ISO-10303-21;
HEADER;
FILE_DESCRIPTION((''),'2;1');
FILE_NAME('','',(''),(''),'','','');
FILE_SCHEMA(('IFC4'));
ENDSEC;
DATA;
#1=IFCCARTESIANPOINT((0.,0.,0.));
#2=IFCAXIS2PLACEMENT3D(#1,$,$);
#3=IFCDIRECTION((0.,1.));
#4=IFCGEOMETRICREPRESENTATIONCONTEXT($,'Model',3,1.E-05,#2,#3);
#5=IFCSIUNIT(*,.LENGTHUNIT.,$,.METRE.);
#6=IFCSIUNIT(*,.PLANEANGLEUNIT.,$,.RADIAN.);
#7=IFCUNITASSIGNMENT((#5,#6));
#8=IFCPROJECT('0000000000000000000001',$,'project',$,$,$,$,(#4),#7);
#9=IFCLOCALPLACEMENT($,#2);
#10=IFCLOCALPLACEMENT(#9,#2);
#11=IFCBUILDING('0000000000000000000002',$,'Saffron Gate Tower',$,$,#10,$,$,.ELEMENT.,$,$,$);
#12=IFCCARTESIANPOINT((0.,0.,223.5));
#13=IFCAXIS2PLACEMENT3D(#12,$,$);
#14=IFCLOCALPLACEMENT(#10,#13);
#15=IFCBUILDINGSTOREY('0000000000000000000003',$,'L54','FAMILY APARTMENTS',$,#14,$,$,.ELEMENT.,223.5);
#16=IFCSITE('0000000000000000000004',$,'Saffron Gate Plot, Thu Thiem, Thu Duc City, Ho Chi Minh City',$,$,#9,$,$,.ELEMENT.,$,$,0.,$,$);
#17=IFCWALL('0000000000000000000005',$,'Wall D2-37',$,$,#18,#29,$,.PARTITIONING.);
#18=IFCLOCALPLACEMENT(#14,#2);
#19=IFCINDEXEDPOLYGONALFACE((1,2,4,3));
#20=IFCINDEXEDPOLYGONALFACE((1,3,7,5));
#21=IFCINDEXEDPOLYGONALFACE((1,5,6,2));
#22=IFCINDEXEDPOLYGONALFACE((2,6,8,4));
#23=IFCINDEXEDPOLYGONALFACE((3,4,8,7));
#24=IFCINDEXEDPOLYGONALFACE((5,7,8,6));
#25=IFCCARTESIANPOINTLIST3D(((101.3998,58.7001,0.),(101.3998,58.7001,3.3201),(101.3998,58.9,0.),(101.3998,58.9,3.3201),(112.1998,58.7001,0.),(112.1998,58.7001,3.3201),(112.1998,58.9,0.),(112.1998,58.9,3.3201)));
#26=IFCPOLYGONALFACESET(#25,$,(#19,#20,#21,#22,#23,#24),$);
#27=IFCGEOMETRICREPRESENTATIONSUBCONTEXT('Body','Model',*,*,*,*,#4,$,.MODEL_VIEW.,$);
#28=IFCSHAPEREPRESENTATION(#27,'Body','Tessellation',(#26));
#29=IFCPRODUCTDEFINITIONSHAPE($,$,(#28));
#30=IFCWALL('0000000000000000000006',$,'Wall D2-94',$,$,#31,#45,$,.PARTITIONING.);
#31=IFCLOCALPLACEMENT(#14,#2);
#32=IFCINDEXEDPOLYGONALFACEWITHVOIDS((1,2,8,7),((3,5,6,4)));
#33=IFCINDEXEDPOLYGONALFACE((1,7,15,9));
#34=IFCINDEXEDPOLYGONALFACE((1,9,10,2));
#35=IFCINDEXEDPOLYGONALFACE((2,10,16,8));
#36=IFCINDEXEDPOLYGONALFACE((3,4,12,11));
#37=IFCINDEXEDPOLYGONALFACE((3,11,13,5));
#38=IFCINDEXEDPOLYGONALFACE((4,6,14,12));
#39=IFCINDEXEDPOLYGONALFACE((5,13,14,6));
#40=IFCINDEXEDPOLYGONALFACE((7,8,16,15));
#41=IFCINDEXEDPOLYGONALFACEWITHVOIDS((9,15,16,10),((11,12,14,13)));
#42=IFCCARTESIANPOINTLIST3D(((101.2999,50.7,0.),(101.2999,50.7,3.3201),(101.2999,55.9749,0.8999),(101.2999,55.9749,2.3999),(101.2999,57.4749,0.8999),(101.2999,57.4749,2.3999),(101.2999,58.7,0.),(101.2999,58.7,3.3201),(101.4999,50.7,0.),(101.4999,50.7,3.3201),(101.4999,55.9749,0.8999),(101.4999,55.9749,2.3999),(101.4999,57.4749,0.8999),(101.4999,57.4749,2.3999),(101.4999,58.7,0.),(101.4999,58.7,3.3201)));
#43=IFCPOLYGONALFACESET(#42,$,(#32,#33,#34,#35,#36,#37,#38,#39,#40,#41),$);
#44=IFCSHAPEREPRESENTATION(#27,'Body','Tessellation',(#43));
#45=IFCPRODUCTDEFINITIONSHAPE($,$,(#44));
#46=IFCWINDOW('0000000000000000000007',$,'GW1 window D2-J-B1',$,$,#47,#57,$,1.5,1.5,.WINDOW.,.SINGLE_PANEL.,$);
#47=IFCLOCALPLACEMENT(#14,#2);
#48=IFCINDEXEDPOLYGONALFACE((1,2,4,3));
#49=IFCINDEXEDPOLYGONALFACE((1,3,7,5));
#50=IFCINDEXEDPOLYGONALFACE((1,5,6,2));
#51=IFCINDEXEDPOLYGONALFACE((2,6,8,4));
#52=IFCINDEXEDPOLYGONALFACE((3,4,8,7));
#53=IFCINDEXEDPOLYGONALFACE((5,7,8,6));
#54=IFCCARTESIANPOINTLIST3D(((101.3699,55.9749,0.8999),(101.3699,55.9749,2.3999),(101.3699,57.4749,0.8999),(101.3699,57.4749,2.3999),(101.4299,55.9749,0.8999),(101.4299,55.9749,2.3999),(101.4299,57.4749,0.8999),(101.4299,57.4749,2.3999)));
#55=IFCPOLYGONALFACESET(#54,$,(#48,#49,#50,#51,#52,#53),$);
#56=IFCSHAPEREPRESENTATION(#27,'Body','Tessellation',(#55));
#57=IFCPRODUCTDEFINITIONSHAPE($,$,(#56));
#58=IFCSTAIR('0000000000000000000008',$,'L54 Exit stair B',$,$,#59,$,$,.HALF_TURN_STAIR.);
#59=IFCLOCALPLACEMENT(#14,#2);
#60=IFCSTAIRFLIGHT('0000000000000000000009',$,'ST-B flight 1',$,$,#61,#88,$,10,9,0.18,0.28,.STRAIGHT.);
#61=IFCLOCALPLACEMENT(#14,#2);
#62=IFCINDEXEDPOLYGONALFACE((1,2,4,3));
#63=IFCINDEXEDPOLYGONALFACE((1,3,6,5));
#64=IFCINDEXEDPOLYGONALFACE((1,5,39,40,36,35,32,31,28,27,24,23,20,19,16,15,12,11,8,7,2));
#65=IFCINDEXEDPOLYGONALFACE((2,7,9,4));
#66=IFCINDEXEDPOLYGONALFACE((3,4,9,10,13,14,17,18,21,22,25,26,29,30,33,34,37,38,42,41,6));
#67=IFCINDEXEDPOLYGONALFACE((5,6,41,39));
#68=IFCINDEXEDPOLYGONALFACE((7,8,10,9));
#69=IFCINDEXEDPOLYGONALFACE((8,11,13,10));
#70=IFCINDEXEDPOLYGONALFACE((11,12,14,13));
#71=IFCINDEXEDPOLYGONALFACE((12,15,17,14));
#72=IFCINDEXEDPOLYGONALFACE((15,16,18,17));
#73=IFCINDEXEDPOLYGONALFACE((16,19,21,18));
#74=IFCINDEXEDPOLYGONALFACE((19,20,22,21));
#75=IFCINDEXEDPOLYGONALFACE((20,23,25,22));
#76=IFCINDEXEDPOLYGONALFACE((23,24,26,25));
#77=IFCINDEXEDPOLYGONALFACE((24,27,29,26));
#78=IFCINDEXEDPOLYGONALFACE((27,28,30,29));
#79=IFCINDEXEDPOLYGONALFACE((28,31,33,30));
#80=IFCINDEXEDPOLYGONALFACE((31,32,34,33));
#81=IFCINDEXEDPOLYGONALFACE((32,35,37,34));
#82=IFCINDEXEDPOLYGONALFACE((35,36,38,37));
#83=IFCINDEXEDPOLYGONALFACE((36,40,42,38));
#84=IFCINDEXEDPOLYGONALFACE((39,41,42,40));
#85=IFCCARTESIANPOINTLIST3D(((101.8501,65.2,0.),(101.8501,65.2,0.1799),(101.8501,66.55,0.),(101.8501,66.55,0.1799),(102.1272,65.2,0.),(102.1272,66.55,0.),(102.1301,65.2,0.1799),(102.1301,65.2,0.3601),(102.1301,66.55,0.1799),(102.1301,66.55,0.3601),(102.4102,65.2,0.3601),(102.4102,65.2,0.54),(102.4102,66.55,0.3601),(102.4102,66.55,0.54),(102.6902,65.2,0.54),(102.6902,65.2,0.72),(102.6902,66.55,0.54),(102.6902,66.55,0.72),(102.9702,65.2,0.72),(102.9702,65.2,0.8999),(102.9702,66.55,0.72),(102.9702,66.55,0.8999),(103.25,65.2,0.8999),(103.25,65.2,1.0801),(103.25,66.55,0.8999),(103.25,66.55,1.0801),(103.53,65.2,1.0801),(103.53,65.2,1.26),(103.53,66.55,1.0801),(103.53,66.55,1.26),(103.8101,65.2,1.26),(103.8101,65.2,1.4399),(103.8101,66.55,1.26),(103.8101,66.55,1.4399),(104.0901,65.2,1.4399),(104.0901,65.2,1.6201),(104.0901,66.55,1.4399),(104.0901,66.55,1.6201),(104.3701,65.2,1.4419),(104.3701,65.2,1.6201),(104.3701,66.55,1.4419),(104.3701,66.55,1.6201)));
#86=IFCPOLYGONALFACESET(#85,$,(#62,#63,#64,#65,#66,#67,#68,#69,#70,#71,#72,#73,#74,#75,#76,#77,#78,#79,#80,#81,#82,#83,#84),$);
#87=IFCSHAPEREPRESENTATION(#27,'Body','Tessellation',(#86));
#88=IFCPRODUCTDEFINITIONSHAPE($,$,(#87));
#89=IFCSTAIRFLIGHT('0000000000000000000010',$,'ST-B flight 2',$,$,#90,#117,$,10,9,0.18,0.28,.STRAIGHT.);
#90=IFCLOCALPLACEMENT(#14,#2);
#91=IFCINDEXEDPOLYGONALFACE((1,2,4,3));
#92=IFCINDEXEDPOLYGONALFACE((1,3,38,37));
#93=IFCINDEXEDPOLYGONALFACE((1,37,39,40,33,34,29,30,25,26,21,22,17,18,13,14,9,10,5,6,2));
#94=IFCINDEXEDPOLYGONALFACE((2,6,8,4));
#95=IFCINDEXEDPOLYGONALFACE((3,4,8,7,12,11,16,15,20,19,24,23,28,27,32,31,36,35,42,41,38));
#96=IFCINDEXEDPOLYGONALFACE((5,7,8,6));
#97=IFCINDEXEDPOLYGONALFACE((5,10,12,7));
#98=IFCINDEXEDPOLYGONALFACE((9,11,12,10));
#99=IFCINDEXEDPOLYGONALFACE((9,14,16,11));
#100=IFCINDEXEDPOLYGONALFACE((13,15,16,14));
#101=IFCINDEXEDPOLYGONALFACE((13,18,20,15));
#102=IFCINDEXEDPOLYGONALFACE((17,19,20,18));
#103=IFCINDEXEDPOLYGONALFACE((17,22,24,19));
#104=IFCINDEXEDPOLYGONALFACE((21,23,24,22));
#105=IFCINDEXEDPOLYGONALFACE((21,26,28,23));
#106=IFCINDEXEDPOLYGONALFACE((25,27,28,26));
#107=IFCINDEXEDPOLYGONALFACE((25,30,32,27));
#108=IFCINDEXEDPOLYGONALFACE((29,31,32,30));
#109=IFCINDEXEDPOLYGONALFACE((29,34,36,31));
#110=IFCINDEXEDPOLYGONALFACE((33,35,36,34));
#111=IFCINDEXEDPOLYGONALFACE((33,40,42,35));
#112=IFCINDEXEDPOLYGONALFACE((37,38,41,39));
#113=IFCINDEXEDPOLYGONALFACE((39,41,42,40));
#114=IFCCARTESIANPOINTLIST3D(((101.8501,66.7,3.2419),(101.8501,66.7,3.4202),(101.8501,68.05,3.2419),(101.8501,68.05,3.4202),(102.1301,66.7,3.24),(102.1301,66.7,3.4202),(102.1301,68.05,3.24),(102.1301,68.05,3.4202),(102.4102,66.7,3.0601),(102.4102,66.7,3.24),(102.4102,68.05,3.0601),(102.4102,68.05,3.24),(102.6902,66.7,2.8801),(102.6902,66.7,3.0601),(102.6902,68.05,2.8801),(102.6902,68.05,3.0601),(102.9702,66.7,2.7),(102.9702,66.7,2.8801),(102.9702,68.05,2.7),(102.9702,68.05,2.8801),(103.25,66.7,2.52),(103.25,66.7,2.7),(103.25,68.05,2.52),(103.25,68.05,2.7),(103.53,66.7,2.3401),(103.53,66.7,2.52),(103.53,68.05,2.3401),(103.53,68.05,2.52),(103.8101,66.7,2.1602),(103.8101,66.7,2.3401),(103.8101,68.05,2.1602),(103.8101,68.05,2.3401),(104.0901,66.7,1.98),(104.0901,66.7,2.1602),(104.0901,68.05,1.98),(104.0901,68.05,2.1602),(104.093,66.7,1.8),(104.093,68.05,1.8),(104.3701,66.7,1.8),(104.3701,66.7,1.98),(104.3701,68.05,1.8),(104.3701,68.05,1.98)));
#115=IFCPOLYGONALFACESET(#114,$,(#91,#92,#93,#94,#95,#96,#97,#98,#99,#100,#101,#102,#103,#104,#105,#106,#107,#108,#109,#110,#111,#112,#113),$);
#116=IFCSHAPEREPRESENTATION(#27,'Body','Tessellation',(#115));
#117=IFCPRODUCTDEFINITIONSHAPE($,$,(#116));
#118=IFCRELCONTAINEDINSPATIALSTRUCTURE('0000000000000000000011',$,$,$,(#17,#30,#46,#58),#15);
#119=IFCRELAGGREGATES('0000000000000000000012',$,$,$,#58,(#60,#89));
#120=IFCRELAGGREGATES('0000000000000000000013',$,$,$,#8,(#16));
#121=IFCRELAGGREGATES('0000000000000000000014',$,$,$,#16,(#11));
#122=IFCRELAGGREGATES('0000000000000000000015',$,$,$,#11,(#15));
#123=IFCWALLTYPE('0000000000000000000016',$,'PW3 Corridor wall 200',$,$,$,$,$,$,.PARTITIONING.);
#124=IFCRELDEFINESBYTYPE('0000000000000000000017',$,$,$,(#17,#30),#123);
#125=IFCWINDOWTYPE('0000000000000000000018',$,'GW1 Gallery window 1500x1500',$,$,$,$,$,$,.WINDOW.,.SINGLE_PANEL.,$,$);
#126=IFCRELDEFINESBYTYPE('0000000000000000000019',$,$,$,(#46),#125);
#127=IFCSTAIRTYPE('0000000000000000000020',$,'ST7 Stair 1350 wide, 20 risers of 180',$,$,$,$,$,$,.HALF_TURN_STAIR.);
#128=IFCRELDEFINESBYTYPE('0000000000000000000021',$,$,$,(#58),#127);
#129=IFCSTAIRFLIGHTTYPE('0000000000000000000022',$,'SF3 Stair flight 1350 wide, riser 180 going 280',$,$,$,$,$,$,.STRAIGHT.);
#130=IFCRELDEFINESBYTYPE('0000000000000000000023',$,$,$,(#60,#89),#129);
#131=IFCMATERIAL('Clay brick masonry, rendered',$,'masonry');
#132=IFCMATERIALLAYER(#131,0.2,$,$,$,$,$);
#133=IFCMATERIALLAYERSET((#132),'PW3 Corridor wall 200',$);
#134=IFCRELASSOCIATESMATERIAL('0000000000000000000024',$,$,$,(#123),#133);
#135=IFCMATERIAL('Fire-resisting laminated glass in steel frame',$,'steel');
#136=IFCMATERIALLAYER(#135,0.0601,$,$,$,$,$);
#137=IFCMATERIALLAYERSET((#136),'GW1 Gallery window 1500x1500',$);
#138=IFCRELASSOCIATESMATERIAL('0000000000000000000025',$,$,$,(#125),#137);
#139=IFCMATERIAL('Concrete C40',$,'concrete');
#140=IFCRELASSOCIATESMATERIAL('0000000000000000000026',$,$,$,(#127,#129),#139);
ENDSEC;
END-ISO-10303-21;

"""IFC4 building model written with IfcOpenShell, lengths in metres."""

from ifc_helpers import new_model, si_unit, direction, frame, frame_2d, origin, place, context, subcontext, project, spatial, polyline, rectangle, outline, extrude, material, layer, layer_set, type_object, element, fill, aggregate, save


model = new_model("IFC4")

# Units and contexts
model_context = context("Model", 3, precision=1e-05, world=origin(), true_north=direction((0.0, 1.0)))
body_context = subcontext(model_context, "Body", "Model", "MODEL_VIEW")
ifc_project = project(units=[si_unit("LENGTHUNIT", "METRE"), si_unit("PLANEANGLEUNIT", "RADIAN")], contexts=[model_context])

# Site, building, storey
site_placement = place(None, origin())
site = spatial("IfcSite", under=ifc_project, at=site_placement, Name="Saffron Gate Plot, Thu Thiem, Thu Duc City, Ho Chi Minh City", CompositionType="ELEMENT", RefElevation=0.0)
building_placement = place(site_placement, origin())
building = spatial("IfcBuilding", under=site, at=building_placement, Name="Saffron Gate Tower", CompositionType="ELEMENT")
storey_placement = place(building_placement, frame((0.0, 0.0, 223.5)))
storey = spatial("IfcBuildingStorey", under=building, at=storey_placement, Name="L54", Description="FAMILY APARTMENTS", CompositionType="ELEMENT", Elevation=223.5)

# Wall
ifc_material_1 = material(Name="Clay brick masonry, rendered", Category="masonry")
ifc_layer_1 = layer(ifc_material_1, 0.2)
ifc_layer_set_1 = layer_set([ifc_layer_1], Name="PW3 Corridor wall 200")
wall_type_1 = type_object("IfcWallType", Name="PW3 Corridor wall 200", PredefinedType="PARTITIONING", material=ifc_layer_set_1)
wall_1_placement = place(storey_placement, frame((101.3999, 58.8, 0.0), z_axis=(0.0, 0.0, 1.0), x_axis=(1.0, 0.0, 0.0)))
element("IfcWall", 1, at=wall_1_placement, inside=storey, type_object=wall_type_1, Name="Wall D2-37", PredefinedType="PARTITIONING", context=body_context, shape_type="SweptSolid", body=[
    extrude(rectangle(XDim=10.8, YDim=0.2, at=frame_2d((5.3999, 0.0))), origin(), (0.0, 0.0, 1.0), 3.3201),
])

# Wall, opening, window
wall_2_placement = place(storey_placement, frame((101.3999, 58.7, 0.0), z_axis=(0.0, 0.0, 1.0), x_axis=(0.0, -1.0, 0.0)))
wall_2 = element("IfcWall", 2, at=wall_2_placement, inside=storey, type_object=wall_type_1, Name="Wall D2-94", PredefinedType="PARTITIONING", context=body_context, shape_type="SweptSolid", body=[
    extrude(rectangle(XDim=8.0, YDim=0.2, at=frame_2d((4.0, 0.0))), origin(), (0.0, 0.0, 1.0), 3.3201),
])
opening_1_placement = place(wall_2_placement, frame((1.2251, 0.0, 0.8999)))
opening_1 = element("IfcOpeningElement", 3, at=opening_1_placement, cuts=wall_2, PredefinedType="OPENING", context=body_context, shape_type="SweptSolid", body=[
    extrude(rectangle(XDim=1.5, YDim=1.5, at=frame_2d((0.75, 0.75))), frame((0.0, 0.1099, 0.0), z_axis=(0.0, -1.0, 0.0), x_axis=(1.0, 0.0, 0.0)), (0.0, 0.0, 1.0), 0.22),
])
ifc_material_2 = material(Name="Fire-resisting laminated glass in steel frame", Category="steel")
ifc_layer_2 = layer(ifc_material_2, 0.0601)
ifc_layer_set_2 = layer_set([ifc_layer_2], Name="GW1 Gallery window 1500x1500")
window_type = type_object("IfcWindowType", Name="GW1 Gallery window 1500x1500", PartitioningType="SINGLE_PANEL", PredefinedType="WINDOW", material=ifc_layer_set_2)
window_placement = place(opening_1_placement, origin())
window = element("IfcWindow", 4, at=window_placement, inside=storey, type_object=window_type, Name="GW1 window D2-J-B1", OverallHeight=1.5, OverallWidth=1.5, PartitioningType="SINGLE_PANEL", PredefinedType="WINDOW", context=body_context, shape_type="SweptSolid", body=[
    extrude(rectangle(XDim=1.5, YDim=1.5, at=frame_2d((0.75, 0.75))), frame((0.0, 0.03, 0.0), z_axis=(0.0, -1.0, 0.0), x_axis=(1.0, 0.0, 0.0)), (0.0, 0.0, 1.0), 0.0601),
])
fill(opening_1, window)

# Stair, stair flights
ifc_material_3 = material(Name="Concrete C40", Category="concrete")
stair_type = type_object("IfcStairType", Name="ST7 Stair 1350 wide, 20 risers of 180", PredefinedType="HALF_TURN_STAIR", material=ifc_material_3)
stair_placement = place(storey_placement, origin())
stair = element("IfcStair", 5, at=stair_placement, inside=storey, type_object=stair_type, Name="L54 Exit stair B", PredefinedType="HALF_TURN_STAIR")
stair_flight_type = type_object("IfcStairFlightType", Name="SF3 Stair flight 1350 wide, riser 180 going 280", PredefinedType="STRAIGHT", material=ifc_material_3)
stair_flight_1_placement = place(storey_placement, frame((101.8501, 65.875, 0.0), z_axis=(0.0, 0.0, 1.0), x_axis=(1.0, 0.0, 0.0)))
stair_flight_1 = element("IfcStairFlight", 6, at=stair_flight_1_placement, type_object=stair_flight_type, Name="ST-B flight 1", NumberOfRisers=10, NumberOfTreads=9, PredefinedType="STRAIGHT", RiserHeight=0.18, TreadLength=0.28, context=body_context, shape_type="SweptSolid", body=[
    extrude(outline(polyline([(0.0, 0.0), (0.0, 0.1799), (0.28, 0.1799), (0.28, 0.3601), (0.5601, 0.3601), (0.5601, 0.54), (0.8401, 0.54), (0.8401, 0.72), (1.1201, 0.72), (1.1201, 0.8999), (1.3999, 0.8999), (1.3999, 1.0801), (1.6799, 1.0801), (1.6799, 1.26), (1.96, 1.26), (1.96, 1.4399), (2.24, 1.4399), (2.24, 1.6201), (2.52, 1.6201), (2.52, 1.8), (2.52, 1.4419), (0.2771, 0.0), (0.0, 0.0)])), frame((0.0, 0.675, 0.0), z_axis=(0.0, -1.0, 0.0), x_axis=(1.0, 0.0, 0.0)), (0.0, 0.0, 1.0), 1.3501),
])
stair_flight_2_placement = place(storey_placement, frame((104.3701, 67.375, 1.8), z_axis=(0.0, 0.0, 1.0), x_axis=(-1.0, 0.0, 0.0)))
stair_flight_2 = element("IfcStairFlight", 7, at=stair_flight_2_placement, type_object=stair_flight_type, Name="ST-B flight 2", NumberOfRisers=10, NumberOfTreads=9, PredefinedType="STRAIGHT", RiserHeight=0.18, TreadLength=0.28, context=body_context, shape_type="SweptSolid", body=[
    extrude(outline(polyline([(0.0, 0.0), (0.0, 0.1799), (0.28, 0.1799), (0.28, 0.3601), (0.5601, 0.3601), (0.5601, 0.54), (0.8401, 0.54), (0.8401, 0.72), (1.1201, 0.72), (1.1201, 0.8999), (1.3999, 0.8999), (1.3999, 1.0801), (1.6799, 1.0801), (1.6799, 1.26), (1.96, 1.26), (1.96, 1.4399), (2.24, 1.4399), (2.24, 1.6201), (2.52, 1.6201), (2.52, 1.8), (2.52, 1.4419), (0.2771, 0.0), (0.0, 0.0)])), frame((0.0, 0.675, 0.0), z_axis=(0.0, -1.0, 0.0), x_axis=(1.0, 0.0, 0.0)), (0.0, 0.0, 1.0), 1.3501),
])
aggregate(stair, [stair_flight_1, stair_flight_2])

save(model, "model.ifc")
